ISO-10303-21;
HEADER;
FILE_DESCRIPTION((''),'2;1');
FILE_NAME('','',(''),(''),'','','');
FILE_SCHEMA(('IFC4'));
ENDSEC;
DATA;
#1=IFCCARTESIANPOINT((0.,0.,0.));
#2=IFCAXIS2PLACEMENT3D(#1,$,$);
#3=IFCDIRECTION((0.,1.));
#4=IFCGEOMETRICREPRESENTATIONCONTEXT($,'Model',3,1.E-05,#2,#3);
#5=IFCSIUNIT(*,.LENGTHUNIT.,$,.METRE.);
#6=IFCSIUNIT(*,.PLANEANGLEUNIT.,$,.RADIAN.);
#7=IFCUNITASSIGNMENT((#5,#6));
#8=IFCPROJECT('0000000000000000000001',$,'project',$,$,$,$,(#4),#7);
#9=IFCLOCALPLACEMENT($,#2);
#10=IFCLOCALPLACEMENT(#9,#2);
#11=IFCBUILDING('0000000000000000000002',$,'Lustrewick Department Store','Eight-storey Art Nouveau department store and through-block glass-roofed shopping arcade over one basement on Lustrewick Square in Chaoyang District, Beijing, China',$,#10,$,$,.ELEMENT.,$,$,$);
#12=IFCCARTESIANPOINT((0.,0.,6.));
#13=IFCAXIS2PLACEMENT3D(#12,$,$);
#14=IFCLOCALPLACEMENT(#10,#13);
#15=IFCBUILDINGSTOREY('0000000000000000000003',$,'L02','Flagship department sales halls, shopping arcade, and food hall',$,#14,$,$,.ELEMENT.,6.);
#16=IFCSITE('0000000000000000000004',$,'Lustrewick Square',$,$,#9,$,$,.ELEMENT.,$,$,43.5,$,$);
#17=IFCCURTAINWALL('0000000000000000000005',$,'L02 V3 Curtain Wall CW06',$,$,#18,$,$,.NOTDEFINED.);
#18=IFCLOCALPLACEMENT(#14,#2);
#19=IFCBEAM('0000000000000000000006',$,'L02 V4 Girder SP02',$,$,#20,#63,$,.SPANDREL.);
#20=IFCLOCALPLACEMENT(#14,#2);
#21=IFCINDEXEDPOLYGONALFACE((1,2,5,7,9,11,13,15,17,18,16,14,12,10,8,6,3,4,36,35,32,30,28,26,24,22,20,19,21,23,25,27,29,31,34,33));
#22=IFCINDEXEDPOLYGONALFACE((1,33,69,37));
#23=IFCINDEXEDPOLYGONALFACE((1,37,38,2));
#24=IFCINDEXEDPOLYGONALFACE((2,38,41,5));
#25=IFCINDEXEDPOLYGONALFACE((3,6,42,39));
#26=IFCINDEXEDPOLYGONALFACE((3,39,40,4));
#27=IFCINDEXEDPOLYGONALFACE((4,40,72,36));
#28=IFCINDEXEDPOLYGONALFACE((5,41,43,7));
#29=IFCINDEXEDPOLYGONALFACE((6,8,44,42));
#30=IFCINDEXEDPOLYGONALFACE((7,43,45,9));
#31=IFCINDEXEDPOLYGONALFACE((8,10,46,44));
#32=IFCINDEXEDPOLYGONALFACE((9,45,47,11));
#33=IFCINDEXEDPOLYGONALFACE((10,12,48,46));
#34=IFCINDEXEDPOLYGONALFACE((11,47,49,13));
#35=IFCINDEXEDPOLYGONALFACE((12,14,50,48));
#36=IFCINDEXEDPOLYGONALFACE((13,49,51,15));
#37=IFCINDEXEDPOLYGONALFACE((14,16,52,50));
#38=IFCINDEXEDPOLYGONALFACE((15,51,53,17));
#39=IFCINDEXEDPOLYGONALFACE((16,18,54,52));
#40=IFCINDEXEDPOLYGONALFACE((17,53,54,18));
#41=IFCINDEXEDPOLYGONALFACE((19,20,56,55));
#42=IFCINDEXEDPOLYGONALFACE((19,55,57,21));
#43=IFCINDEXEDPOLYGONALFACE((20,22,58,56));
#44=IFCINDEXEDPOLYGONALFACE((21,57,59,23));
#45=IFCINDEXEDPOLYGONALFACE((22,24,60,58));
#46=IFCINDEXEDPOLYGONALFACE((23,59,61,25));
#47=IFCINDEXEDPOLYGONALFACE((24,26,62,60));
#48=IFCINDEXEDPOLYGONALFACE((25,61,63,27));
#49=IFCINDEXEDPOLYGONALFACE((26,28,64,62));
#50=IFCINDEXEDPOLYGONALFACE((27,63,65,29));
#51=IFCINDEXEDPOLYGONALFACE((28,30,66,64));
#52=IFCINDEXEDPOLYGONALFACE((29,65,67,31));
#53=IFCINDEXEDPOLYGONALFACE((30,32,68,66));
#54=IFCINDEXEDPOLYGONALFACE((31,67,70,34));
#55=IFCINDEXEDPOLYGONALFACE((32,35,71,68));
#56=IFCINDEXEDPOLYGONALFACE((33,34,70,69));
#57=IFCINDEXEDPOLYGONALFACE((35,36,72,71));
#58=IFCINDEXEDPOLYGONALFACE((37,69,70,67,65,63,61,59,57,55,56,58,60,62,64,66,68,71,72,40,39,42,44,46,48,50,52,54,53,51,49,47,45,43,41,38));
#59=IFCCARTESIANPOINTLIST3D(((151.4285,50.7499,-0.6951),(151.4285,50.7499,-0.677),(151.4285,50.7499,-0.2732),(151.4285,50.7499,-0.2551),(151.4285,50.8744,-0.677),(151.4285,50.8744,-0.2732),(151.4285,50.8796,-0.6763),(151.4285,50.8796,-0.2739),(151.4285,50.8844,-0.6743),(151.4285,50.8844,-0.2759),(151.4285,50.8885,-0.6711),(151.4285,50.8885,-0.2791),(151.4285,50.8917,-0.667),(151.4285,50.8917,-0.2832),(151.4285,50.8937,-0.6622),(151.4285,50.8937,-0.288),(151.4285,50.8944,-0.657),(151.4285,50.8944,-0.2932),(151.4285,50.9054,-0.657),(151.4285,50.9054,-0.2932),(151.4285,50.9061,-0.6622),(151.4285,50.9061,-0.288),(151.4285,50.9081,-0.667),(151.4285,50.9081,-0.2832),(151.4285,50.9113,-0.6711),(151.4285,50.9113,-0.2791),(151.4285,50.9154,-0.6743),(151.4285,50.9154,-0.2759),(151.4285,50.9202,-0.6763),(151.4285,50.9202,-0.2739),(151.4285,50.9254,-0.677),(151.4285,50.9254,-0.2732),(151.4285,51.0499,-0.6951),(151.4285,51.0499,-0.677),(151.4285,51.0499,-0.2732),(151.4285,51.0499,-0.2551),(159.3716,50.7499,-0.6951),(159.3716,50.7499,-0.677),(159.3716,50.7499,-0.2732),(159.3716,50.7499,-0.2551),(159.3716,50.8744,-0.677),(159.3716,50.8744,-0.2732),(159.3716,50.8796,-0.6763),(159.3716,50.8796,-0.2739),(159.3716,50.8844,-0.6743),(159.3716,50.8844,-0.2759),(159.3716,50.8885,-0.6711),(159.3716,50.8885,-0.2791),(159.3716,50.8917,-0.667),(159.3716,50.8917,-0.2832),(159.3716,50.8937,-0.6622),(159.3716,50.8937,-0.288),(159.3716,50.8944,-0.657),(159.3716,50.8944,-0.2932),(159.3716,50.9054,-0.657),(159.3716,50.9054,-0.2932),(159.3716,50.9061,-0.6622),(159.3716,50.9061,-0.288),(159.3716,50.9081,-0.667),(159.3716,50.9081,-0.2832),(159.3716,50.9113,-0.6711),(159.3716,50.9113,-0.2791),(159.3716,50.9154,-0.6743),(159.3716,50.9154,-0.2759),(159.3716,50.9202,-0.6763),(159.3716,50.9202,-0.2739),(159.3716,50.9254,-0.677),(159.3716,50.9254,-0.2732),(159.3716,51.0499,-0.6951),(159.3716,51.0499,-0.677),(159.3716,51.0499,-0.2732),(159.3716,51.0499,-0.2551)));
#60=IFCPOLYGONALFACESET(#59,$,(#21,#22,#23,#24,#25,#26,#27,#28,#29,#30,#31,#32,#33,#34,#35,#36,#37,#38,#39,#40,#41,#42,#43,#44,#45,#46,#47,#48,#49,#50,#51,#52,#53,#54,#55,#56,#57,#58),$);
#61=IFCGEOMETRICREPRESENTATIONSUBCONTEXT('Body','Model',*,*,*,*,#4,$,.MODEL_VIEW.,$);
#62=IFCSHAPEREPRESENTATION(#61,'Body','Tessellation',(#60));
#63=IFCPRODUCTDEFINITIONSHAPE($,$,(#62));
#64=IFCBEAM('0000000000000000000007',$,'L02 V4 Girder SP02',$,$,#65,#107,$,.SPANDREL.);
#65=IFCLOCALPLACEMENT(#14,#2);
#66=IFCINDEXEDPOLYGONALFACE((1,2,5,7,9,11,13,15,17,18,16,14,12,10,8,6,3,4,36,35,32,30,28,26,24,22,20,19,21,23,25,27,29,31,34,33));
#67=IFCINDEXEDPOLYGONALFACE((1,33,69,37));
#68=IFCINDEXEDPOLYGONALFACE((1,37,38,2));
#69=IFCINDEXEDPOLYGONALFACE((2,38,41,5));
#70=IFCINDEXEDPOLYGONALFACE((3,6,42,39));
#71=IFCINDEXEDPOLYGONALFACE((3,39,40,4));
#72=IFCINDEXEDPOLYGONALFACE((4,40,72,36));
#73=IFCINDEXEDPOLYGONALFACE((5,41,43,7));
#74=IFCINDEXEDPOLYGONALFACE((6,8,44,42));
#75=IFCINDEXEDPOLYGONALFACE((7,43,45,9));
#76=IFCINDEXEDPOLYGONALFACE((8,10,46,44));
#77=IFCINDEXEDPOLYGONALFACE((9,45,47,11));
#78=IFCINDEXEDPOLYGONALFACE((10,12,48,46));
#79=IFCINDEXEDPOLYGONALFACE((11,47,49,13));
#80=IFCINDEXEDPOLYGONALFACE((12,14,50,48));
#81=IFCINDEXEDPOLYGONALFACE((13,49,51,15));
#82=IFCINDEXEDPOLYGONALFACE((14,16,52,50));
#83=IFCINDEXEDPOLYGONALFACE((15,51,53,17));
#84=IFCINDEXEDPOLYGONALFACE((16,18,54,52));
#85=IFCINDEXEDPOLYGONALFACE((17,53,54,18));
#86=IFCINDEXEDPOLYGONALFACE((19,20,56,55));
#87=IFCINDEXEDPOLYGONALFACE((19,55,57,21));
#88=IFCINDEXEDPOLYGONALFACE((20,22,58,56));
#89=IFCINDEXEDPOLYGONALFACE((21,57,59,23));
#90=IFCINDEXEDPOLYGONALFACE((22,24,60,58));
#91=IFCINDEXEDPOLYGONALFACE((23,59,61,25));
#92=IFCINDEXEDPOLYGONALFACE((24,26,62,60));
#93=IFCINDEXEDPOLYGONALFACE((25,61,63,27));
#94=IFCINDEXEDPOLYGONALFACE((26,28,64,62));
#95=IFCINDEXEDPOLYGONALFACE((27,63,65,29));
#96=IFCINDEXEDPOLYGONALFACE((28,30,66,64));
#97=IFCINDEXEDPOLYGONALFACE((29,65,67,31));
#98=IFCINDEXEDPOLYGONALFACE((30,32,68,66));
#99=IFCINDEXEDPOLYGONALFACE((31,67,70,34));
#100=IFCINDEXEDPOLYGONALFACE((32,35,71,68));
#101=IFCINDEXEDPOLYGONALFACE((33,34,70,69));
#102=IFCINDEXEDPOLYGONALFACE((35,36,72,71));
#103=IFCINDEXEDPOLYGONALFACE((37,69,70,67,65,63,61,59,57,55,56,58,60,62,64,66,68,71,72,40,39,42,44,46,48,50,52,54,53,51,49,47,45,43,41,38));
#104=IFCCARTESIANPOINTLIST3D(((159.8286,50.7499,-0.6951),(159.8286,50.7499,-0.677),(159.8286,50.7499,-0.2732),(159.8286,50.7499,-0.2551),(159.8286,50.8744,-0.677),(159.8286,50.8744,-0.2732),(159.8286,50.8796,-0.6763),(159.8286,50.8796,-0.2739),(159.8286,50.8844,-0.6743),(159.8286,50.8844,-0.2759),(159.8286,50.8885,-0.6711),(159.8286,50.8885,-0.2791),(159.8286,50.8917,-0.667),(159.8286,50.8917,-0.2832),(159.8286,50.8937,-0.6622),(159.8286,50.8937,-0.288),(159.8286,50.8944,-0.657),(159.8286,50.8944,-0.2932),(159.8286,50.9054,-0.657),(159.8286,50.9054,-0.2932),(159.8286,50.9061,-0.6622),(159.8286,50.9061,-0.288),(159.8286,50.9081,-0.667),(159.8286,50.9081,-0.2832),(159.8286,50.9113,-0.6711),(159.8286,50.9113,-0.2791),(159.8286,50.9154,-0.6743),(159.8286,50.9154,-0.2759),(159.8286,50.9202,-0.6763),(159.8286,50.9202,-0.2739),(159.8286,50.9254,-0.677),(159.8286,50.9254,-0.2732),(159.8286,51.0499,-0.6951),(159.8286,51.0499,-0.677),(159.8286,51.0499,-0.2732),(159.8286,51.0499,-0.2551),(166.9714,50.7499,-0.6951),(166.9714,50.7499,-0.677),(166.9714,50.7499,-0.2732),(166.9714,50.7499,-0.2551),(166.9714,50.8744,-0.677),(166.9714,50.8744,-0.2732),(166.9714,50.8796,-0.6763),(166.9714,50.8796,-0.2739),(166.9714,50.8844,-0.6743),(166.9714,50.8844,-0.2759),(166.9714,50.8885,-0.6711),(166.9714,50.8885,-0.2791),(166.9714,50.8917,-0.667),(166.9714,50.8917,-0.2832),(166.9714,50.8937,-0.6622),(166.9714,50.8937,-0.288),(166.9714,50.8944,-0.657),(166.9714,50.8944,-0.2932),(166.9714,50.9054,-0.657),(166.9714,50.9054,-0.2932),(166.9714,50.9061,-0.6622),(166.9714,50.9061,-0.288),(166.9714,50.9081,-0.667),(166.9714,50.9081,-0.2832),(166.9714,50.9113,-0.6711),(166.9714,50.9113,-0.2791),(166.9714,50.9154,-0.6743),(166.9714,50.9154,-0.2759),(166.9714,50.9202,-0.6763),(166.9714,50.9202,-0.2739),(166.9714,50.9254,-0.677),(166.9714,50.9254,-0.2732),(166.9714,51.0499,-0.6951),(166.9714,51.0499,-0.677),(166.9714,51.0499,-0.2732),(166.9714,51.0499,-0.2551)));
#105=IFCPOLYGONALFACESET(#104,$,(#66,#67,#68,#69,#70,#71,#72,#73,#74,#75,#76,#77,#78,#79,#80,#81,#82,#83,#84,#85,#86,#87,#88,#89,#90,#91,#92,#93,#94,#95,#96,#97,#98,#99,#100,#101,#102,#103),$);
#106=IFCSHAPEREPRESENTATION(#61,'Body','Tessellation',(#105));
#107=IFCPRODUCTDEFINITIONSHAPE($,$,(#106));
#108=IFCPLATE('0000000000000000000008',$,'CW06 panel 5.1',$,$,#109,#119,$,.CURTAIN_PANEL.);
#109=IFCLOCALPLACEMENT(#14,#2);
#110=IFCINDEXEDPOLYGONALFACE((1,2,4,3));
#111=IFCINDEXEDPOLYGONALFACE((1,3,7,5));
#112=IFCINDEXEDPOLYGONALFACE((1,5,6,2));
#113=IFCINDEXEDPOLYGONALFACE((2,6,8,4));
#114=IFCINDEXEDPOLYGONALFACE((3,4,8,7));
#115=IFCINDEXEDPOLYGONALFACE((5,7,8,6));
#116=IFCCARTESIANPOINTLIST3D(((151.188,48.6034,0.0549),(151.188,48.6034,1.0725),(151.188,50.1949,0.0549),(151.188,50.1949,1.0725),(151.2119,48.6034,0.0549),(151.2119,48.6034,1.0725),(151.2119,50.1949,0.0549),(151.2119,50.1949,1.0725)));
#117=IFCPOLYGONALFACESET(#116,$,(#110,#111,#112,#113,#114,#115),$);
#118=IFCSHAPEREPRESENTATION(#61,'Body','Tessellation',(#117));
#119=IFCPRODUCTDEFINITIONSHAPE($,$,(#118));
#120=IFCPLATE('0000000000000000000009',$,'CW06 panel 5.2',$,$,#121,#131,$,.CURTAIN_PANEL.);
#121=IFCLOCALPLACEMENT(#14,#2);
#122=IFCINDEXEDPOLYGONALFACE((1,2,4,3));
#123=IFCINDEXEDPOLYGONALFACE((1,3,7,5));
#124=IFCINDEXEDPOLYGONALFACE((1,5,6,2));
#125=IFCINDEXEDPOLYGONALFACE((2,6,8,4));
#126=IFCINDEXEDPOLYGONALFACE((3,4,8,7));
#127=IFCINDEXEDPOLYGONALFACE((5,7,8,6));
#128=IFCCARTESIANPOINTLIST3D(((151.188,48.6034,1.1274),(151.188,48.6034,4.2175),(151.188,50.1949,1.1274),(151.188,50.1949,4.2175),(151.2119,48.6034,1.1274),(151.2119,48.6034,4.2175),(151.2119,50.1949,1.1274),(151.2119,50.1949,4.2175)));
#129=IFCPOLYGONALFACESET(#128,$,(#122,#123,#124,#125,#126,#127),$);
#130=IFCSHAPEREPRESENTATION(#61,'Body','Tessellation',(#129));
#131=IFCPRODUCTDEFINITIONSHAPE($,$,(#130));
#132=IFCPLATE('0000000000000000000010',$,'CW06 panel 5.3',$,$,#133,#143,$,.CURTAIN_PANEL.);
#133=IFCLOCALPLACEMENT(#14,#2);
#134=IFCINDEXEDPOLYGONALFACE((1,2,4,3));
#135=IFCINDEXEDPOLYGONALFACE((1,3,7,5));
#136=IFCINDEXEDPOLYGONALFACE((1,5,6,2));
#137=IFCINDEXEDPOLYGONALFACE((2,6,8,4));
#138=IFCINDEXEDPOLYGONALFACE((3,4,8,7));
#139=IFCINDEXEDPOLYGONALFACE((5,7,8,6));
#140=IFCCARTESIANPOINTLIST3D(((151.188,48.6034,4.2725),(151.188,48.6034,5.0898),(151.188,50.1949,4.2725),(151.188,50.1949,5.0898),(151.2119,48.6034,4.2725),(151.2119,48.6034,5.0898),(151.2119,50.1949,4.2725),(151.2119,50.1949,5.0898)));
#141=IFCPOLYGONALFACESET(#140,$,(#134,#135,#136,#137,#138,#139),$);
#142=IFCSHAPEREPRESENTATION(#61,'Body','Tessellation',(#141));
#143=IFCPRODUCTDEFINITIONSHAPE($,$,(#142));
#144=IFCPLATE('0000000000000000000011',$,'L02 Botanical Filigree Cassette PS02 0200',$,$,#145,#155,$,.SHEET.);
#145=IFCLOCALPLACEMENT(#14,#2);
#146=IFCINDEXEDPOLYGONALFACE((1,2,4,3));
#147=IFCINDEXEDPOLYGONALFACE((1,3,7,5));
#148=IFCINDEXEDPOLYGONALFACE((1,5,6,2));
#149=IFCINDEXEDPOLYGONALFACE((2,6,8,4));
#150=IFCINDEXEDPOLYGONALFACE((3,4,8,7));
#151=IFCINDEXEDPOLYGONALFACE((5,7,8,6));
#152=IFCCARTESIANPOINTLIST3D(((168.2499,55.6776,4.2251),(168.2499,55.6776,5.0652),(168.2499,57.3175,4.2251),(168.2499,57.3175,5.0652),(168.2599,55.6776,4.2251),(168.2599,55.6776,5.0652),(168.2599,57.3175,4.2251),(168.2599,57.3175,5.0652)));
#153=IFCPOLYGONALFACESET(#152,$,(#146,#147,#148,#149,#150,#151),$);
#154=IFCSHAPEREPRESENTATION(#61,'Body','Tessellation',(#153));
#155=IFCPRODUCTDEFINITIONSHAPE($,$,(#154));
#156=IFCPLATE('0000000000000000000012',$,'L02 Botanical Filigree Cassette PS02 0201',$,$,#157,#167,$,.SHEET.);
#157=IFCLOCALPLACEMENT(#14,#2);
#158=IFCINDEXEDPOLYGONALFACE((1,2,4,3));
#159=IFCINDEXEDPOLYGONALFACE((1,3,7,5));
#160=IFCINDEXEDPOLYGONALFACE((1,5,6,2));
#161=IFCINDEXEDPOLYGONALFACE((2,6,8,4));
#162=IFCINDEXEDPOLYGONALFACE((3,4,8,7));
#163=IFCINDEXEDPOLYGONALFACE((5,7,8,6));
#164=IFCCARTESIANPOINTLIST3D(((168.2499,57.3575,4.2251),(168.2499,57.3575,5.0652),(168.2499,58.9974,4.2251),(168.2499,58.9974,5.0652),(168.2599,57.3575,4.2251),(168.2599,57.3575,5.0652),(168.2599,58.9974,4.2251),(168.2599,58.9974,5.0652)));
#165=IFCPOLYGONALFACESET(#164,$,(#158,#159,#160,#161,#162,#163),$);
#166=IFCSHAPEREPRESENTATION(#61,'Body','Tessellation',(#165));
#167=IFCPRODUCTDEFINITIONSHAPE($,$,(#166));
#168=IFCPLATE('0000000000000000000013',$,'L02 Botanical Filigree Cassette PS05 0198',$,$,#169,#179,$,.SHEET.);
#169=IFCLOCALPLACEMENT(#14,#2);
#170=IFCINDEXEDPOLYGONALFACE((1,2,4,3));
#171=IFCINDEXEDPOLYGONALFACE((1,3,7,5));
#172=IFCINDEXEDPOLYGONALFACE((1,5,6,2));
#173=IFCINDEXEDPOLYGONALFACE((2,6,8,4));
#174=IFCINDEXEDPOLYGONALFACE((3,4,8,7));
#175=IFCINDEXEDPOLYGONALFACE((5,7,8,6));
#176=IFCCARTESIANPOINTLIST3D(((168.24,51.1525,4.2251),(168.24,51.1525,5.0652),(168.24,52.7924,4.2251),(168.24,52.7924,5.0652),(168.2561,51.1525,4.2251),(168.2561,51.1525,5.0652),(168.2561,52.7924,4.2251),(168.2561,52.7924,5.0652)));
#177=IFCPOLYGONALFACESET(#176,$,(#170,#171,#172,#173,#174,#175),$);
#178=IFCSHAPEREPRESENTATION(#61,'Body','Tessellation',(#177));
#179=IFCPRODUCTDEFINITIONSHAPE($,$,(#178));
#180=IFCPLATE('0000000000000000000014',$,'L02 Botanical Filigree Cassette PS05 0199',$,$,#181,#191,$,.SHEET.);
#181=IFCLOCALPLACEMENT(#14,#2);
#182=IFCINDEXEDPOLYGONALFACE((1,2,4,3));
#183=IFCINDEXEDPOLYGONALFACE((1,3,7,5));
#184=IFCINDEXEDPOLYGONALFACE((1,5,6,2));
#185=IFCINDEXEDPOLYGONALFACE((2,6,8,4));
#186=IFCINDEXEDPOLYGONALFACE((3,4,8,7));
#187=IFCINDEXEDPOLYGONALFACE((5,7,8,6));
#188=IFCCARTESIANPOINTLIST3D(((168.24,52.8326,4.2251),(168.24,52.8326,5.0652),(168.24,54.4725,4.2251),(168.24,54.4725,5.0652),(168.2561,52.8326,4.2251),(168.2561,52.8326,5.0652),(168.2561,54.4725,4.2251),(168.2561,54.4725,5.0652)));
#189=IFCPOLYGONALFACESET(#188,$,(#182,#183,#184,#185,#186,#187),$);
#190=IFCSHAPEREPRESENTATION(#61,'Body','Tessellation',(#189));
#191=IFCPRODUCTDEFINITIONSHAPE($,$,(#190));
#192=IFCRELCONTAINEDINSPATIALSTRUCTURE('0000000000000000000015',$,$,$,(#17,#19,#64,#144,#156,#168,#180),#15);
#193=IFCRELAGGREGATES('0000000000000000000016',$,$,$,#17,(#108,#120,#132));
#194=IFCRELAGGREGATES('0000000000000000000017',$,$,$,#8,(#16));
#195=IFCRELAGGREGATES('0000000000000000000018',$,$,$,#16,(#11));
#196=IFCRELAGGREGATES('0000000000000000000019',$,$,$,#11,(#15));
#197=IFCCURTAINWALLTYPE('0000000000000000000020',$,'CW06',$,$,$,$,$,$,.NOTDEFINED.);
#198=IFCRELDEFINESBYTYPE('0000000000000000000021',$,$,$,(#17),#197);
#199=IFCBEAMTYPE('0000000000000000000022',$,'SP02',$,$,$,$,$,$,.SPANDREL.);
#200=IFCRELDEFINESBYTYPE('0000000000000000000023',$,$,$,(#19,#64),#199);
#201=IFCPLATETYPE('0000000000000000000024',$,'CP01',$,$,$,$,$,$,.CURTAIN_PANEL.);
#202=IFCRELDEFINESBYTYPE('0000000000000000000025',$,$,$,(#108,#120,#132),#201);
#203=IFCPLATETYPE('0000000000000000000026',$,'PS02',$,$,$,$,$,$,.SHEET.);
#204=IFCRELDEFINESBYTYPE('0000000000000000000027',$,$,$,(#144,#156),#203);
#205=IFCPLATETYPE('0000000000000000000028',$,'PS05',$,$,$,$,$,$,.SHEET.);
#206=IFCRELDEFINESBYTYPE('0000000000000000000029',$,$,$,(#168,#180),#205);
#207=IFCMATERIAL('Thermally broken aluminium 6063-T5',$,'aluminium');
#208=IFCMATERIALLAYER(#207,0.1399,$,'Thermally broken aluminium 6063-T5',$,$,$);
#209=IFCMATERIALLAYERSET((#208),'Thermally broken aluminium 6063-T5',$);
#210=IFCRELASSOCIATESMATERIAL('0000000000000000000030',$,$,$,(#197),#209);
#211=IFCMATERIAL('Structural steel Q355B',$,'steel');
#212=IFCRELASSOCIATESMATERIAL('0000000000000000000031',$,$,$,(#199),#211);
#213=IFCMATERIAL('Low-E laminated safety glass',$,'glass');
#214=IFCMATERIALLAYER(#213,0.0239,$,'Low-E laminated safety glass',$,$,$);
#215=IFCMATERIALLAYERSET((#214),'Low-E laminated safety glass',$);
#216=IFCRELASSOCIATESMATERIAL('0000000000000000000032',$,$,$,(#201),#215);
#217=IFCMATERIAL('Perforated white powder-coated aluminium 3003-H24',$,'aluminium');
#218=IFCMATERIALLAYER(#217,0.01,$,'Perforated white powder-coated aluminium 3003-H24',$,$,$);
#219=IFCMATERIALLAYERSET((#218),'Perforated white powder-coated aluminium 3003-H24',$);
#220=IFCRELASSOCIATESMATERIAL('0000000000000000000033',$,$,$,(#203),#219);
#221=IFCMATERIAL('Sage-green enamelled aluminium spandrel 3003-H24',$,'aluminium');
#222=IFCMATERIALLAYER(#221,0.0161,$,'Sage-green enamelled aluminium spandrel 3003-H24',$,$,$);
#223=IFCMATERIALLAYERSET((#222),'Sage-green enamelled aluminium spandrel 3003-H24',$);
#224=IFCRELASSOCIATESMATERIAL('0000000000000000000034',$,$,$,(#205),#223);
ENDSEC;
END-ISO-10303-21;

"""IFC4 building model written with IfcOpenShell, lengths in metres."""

from ifc_helpers import new_model, si_unit, direction, frame, origin, origin_2d, place, context, subcontext, project, spatial, rectangle, i_section, extrude, material, layer, layer_set, material_profile, profile_set, type_object, element, aggregate, save


model = new_model("IFC4")

# Units and contexts
model_context = context("Model", 3, precision=1e-05, world=origin(), true_north=direction((0.0, 1.0)))
body_context = subcontext(model_context, "Body", "Model", "MODEL_VIEW")
ifc_project = project(units=[si_unit("LENGTHUNIT", "METRE"), si_unit("PLANEANGLEUNIT", "RADIAN")], contexts=[model_context])

# Site, building, storey
site_placement = place(None, origin())
site = spatial("IfcSite", under=ifc_project, at=site_placement, Name="Lustrewick Square", CompositionType="ELEMENT", RefElevation=43.5)
building_placement = place(site_placement, origin())
building = spatial("IfcBuilding", under=site, at=building_placement, Name="Lustrewick Department Store", Description="Eight-storey Art Nouveau department store and through-block glass-roofed shopping arcade over one basement on Lustrewick Square in Chaoyang District, Beijing, China", CompositionType="ELEMENT")
storey_placement = place(building_placement, frame((0.0, 0.0, 6.0)))
storey = spatial("IfcBuildingStorey", under=building, at=storey_placement, Name="L02", Description="Flagship department sales halls, shopping arcade, and food hall", CompositionType="ELEMENT", Elevation=6.0)

# Shared definitions
ifc_material_1 = material(Name="Structural steel Q355B", Category="steel")

# Curtain wall
ifc_material_2 = material(Name="Thermally broken aluminium 6063-T5", Category="aluminium")
ifc_layer_1 = layer(ifc_material_2, 0.1399, Name="Thermally broken aluminium 6063-T5")
ifc_layer_set_1 = layer_set([ifc_layer_1], Name="Thermally broken aluminium 6063-T5")
curtain_wall_type = type_object("IfcCurtainWallType", Name="CW06", PredefinedType="NOTDEFINED", material=ifc_layer_set_1)
curtain_wall_placement = place(storey_placement, origin())
curtain_wall = element("IfcCurtainWall", 1, at=curtain_wall_placement, inside=storey, type_object=curtain_wall_type, Name="L02 V3 Curtain Wall CW06", PredefinedType="NOTDEFINED")

# Beams
ifc_material_profile_1 = material_profile(ifc_material_1, i_section(OverallWidth=0.3, OverallDepth=0.4399, WebThickness=0.011, FlangeThickness=0.0181, FilletRadius=0.02, at=origin_2d()), Name="HM 440x300x11x18")
ifc_profile_set_1 = profile_set([ifc_material_profile_1], Name="Structural steel Q355B")
beam_type_1 = type_object("IfcBeamType", Name="SP02", PredefinedType="SPANDREL", material=ifc_profile_set_1)
beam_1_placement = place(storey_placement, frame((151.4285, 50.8999, -0.4751), z_axis=(1.0, 0.0, 0.0), x_axis=(0.0, 1.0, 0.0)))
element("IfcBeam", 2, at=beam_1_placement, inside=storey, type_object=beam_type_1, Name="L02 V4 Girder SP02", PredefinedType="SPANDREL", context=body_context, shape_type="SweptSolid", body=[
    extrude(i_section(OverallWidth=0.3, OverallDepth=0.4399, WebThickness=0.011, FlangeThickness=0.0181, FilletRadius=0.02, at=origin_2d()), origin(), (0.0, 0.0, 1.0), 7.9431),
])
beam_2_placement = place(storey_placement, frame((159.8286, 50.8999, -0.4751), z_axis=(1.0, 0.0, 0.0), x_axis=(0.0, 1.0, 0.0)))
element("IfcBeam", 3, at=beam_2_placement, inside=storey, type_object=beam_type_1, Name="L02 V4 Girder SP02", PredefinedType="SPANDREL", context=body_context, shape_type="SweptSolid", body=[
    extrude(i_section(OverallWidth=0.3, OverallDepth=0.4399, WebThickness=0.011, FlangeThickness=0.0181, FilletRadius=0.02, at=origin_2d()), origin(), (0.0, 0.0, 1.0), 7.1428),
])

# Plates
ifc_material_3 = material(Name="Low-E laminated safety glass", Category="glass")
ifc_layer_2 = layer(ifc_material_3, 0.0239, Name="Low-E laminated safety glass")
ifc_layer_set_2 = layer_set([ifc_layer_2], Name="Low-E laminated safety glass")
plate_type_1 = type_object("IfcPlateType", Name="CP01", PredefinedType="CURTAIN_PANEL", material=ifc_layer_set_2)
plate_1_placement = place(storey_placement, frame((151.2, 49.3992, 0.0549), z_axis=(0.0, 0.0, 1.0), x_axis=(0.0, 1.0, 0.0)))
plate_1 = element("IfcPlate", 4, at=plate_1_placement, type_object=plate_type_1, Name="CW06 panel 5.1", PredefinedType="CURTAIN_PANEL", context=body_context, shape_type="SweptSolid", body=[
    extrude(rectangle(XDim=1.5916, YDim=0.0239, at=origin_2d()), origin(), (0.0, 0.0, 1.0), 1.0176),
])
plate_2_placement = place(storey_placement, frame((151.2, 49.3992, 1.1274), z_axis=(0.0, 0.0, 1.0), x_axis=(0.0, 1.0, 0.0)))
plate_2 = element("IfcPlate", 5, at=plate_2_placement, type_object=plate_type_1, Name="CW06 panel 5.2", PredefinedType="CURTAIN_PANEL", context=body_context, shape_type="SweptSolid", body=[
    extrude(rectangle(XDim=1.5916, YDim=0.0239, at=origin_2d()), origin(), (0.0, 0.0, 1.0), 3.0901),
])
plate_3_placement = place(storey_placement, frame((151.2, 49.3992, 4.2725), z_axis=(0.0, 0.0, 1.0), x_axis=(0.0, 1.0, 0.0)))
plate_3 = element("IfcPlate", 6, at=plate_3_placement, type_object=plate_type_1, Name="CW06 panel 5.3", PredefinedType="CURTAIN_PANEL", context=body_context, shape_type="SweptSolid", body=[
    extrude(rectangle(XDim=1.5916, YDim=0.0239, at=origin_2d()), origin(), (0.0, 0.0, 1.0), 0.8174),
])
aggregate(curtain_wall, [plate_1, plate_2, plate_3])

# Plates
ifc_material_4 = material(Name="Perforated white powder-coated aluminium 3003-H24", Category="aluminium")
ifc_layer_3 = layer(ifc_material_4, 0.01, Name="Perforated white powder-coated aluminium 3003-H24")
ifc_layer_set_3 = layer_set([ifc_layer_3], Name="Perforated white powder-coated aluminium 3003-H24")
plate_type_2 = type_object("IfcPlateType", Name="PS02", PredefinedType="SHEET", material=ifc_layer_set_3)
for number, where, z_axis, x_axis, name in (
    (7, (168.2549, 56.4976, 4.2251), (0.0, 0.0, 1.0), (0.0, 1.0, 0.0), "L02 Botanical Filigree Cassette PS02 0200"),
    (8, (168.2549, 58.1775, 4.2251), (0.0, 0.0, 1.0), (0.0, 1.0, 0.0), "L02 Botanical Filigree Cassette PS02 0201"),
):
    element("IfcPlate", number, at=place(storey_placement, frame(where, z_axis=z_axis, x_axis=x_axis)), inside=storey, type_object=plate_type_2, Name=name, PredefinedType="SHEET", context=body_context, shape_type="SweptSolid", body=[
        extrude(rectangle(XDim=1.6399, YDim=0.01, at=origin_2d()), origin(), (0.0, 0.0, 1.0), 0.8401),
    ])
ifc_material_5 = material(Name="Sage-green enamelled aluminium spandrel 3003-H24", Category="aluminium")
ifc_layer_4 = layer(ifc_material_5, 0.0161, Name="Sage-green enamelled aluminium spandrel 3003-H24")
ifc_layer_set_4 = layer_set([ifc_layer_4], Name="Sage-green enamelled aluminium spandrel 3003-H24")
plate_type_3 = type_object("IfcPlateType", Name="PS05", PredefinedType="SHEET", material=ifc_layer_set_4)
for number, where, z_axis, x_axis, name in (
    (9, (168.248, 51.9724, 4.2251), (0.0, 0.0, 1.0), (0.0, 1.0, 0.0), "L02 Botanical Filigree Cassette PS05 0198"),
    (10, (168.248, 53.6526, 4.2251), (0.0, 0.0, 1.0), (0.0, 1.0, 0.0), "L02 Botanical Filigree Cassette PS05 0199"),
):
    element("IfcPlate", number, at=place(storey_placement, frame(where, z_axis=z_axis, x_axis=x_axis)), inside=storey, type_object=plate_type_3, Name=name, PredefinedType="SHEET", context=body_context, shape_type="SweptSolid", body=[
        extrude(rectangle(XDim=1.6399, YDim=0.0161, at=origin_2d()), origin(), (0.0, 0.0, 1.0), 0.8401),
    ])

save(model, "model.ifc")
